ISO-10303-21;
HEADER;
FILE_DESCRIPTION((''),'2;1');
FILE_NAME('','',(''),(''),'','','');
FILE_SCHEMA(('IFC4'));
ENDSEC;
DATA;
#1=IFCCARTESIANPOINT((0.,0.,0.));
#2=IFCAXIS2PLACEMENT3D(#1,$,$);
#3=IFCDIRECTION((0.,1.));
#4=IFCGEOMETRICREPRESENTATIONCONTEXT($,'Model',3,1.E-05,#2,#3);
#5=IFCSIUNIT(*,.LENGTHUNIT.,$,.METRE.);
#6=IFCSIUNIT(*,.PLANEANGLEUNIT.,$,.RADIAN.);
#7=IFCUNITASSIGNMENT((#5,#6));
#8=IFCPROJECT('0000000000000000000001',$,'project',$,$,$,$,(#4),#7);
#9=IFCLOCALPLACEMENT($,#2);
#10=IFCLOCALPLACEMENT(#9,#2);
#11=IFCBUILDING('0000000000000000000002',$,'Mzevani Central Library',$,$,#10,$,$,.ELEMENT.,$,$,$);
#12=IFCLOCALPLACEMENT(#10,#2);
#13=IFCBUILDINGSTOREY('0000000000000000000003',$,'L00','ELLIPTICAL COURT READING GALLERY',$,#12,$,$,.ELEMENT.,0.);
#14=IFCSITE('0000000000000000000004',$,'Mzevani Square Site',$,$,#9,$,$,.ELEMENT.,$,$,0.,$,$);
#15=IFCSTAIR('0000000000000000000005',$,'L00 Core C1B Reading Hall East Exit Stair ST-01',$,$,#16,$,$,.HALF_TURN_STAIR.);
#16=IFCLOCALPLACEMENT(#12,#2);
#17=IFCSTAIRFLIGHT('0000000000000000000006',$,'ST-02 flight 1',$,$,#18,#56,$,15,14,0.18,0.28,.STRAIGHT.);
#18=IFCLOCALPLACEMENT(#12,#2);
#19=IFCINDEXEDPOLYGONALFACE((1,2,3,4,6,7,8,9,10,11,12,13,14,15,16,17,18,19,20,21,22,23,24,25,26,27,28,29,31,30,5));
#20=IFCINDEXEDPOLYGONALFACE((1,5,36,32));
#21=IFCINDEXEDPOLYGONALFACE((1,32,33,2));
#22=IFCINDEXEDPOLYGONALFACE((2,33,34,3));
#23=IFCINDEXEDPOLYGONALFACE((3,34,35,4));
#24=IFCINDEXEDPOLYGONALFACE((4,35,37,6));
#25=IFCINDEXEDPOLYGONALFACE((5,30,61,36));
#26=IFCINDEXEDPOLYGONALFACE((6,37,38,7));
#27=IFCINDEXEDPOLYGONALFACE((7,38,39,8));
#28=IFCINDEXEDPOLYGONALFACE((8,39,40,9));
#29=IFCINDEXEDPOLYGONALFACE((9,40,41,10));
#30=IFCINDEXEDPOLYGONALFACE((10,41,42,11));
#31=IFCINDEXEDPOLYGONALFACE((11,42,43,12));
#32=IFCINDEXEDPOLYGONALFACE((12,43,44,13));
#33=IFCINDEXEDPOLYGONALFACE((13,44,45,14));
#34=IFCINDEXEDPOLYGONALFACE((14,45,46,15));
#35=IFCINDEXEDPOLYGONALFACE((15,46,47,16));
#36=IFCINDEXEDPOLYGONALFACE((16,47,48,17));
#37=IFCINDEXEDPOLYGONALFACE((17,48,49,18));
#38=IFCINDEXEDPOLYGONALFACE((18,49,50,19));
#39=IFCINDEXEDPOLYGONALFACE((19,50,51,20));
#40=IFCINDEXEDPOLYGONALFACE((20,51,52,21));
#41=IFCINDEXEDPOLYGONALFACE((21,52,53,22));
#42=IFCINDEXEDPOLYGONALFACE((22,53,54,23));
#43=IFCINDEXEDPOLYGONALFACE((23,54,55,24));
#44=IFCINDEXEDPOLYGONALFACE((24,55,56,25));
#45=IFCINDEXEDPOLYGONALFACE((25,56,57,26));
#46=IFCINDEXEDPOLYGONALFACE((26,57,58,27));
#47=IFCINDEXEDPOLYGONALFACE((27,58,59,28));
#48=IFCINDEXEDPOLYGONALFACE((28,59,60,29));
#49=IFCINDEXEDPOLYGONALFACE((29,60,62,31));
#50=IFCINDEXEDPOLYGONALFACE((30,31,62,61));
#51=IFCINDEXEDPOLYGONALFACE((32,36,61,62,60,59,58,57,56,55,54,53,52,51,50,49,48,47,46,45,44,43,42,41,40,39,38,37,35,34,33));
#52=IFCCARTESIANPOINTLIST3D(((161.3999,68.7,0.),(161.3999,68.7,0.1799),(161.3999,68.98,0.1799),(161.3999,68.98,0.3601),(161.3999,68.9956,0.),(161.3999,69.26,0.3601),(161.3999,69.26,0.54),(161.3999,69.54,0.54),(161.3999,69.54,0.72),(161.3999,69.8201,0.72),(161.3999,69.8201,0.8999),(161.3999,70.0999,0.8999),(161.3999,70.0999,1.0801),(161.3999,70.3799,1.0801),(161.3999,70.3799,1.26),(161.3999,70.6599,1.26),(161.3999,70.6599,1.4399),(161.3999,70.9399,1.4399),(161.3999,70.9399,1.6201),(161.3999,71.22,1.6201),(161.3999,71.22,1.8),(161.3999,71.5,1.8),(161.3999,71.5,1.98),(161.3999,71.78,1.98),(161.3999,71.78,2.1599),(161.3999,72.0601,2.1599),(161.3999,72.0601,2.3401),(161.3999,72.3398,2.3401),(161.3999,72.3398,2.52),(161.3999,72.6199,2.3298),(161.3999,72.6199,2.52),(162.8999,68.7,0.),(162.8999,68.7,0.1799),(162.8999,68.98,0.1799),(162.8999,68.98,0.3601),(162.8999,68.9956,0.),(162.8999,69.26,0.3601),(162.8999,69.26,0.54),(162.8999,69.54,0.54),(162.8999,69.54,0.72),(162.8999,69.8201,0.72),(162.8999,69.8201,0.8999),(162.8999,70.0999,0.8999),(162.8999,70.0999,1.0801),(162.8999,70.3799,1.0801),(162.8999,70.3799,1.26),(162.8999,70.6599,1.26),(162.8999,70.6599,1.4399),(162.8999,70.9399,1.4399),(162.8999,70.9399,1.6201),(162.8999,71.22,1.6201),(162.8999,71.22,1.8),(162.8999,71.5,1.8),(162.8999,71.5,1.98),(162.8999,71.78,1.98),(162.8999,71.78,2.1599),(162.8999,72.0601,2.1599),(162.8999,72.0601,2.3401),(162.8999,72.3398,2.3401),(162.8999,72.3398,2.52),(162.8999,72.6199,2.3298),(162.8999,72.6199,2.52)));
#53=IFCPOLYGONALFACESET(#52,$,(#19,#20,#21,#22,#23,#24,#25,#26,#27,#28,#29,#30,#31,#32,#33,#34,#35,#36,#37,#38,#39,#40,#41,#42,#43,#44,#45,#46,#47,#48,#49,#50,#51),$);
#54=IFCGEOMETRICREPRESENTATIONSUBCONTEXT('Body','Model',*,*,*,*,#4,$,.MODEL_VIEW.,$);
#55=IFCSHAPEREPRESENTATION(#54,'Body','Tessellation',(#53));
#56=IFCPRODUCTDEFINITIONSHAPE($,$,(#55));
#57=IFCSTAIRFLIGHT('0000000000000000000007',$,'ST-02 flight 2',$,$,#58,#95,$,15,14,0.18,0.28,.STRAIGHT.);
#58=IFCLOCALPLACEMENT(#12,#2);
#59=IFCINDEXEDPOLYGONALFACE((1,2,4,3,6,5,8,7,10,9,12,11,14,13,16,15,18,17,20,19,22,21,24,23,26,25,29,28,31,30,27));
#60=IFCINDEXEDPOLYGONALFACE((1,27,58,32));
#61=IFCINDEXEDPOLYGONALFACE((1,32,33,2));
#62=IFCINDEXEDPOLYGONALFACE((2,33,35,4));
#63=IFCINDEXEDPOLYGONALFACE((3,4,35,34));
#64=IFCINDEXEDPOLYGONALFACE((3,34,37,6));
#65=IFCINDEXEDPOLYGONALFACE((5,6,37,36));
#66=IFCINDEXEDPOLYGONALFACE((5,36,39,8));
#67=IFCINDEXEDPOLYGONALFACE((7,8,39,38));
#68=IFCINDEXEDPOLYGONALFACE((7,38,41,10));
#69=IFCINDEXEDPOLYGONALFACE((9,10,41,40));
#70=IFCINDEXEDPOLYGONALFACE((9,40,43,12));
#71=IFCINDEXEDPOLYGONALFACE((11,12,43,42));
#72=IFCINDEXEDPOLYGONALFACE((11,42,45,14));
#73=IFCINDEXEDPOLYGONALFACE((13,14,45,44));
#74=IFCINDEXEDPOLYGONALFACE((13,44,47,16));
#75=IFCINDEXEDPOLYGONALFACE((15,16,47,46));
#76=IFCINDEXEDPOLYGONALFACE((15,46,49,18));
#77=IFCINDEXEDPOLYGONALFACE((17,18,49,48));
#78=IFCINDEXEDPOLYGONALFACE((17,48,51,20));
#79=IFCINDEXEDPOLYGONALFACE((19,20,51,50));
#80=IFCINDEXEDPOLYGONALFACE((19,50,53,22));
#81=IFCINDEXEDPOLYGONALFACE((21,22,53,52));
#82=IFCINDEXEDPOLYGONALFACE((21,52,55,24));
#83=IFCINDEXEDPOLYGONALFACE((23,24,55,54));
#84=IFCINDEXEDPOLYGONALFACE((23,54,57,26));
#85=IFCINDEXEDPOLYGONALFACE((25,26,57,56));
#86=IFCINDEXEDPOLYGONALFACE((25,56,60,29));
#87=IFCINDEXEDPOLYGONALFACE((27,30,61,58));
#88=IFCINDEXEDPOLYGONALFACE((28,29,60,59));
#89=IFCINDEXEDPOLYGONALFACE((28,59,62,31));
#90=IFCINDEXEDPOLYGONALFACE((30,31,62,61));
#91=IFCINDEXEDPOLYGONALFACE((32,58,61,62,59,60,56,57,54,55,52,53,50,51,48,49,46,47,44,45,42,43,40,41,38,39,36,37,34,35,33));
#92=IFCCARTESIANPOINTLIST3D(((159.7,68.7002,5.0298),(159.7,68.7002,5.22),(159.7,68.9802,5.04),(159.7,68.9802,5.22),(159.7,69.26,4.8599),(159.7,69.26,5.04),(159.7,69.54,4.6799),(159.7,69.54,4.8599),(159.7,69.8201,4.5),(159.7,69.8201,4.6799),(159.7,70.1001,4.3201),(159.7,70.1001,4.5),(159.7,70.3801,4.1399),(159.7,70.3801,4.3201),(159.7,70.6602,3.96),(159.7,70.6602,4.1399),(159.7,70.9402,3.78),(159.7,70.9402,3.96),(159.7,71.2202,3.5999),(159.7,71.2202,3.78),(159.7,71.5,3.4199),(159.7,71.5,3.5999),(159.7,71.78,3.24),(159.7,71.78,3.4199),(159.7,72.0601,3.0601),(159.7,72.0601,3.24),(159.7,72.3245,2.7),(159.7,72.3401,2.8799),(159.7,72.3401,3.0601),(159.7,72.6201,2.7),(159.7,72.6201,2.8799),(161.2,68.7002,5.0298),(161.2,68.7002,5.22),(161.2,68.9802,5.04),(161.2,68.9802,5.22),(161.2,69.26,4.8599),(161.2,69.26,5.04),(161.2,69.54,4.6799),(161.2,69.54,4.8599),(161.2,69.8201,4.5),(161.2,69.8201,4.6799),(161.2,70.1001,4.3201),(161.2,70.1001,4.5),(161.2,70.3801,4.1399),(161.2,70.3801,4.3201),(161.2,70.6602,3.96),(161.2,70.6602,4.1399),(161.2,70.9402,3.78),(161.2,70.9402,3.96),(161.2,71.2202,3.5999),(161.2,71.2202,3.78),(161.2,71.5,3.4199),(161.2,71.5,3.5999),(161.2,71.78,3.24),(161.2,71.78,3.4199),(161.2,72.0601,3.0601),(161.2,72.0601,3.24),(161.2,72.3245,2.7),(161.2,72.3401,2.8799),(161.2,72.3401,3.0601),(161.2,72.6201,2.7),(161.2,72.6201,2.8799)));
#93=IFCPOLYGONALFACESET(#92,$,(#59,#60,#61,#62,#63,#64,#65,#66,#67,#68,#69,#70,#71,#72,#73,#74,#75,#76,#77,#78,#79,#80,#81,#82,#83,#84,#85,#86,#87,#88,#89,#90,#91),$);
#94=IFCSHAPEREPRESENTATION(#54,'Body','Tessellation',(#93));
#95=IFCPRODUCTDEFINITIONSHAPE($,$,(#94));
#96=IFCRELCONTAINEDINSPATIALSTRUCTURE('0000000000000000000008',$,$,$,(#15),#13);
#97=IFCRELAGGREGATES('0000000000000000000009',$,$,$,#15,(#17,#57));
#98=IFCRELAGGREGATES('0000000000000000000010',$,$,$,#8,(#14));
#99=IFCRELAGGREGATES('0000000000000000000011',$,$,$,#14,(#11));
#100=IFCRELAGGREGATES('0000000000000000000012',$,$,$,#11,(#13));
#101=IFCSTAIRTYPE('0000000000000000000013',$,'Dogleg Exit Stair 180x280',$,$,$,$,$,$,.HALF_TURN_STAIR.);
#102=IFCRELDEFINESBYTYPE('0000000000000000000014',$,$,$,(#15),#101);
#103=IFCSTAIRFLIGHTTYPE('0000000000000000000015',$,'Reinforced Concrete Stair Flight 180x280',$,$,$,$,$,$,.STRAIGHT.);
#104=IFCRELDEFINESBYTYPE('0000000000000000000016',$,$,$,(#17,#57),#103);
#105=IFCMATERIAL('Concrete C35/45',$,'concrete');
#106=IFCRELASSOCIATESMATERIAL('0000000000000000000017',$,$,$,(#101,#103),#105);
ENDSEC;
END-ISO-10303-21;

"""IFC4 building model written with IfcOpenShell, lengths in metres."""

from ifc_helpers import new_model, si_unit, direction, frame, origin, place, context, subcontext, project, spatial, polyline, outline, extrude, material, type_object, element, aggregate, save


model = new_model("IFC4")

# Units and contexts
model_context = context("Model", 3, precision=1e-05, world=origin(), true_north=direction((0.0, 1.0)))
body_context = subcontext(model_context, "Body", "Model", "MODEL_VIEW")
ifc_project = project(units=[si_unit("LENGTHUNIT", "METRE"), si_unit("PLANEANGLEUNIT", "RADIAN")], contexts=[model_context])

# Site, building, storey
site_placement = place(None, origin())
site = spatial("IfcSite", under=ifc_project, at=site_placement, Name="Mzevani Square Site", CompositionType="ELEMENT", RefElevation=0.0)
building_placement = place(site_placement, origin())
building = spatial("IfcBuilding", under=site, at=building_placement, Name="Mzevani Central Library", CompositionType="ELEMENT")
storey_placement = place(building_placement, origin())
storey = spatial("IfcBuildingStorey", under=building, at=storey_placement, Name="L00", Description="ELLIPTICAL COURT READING GALLERY", CompositionType="ELEMENT", Elevation=0.0)

# Shared definitions
ifc_material_1 = material(Name="Concrete C35/45", Category="concrete")

# Stair, stair flights
stair_type = type_object("IfcStairType", Name="Dogleg Exit Stair 180x280", PredefinedType="HALF_TURN_STAIR", material=ifc_material_1)
stair_placement = place(storey_placement, origin())
stair = element("IfcStair", 1, at=stair_placement, inside=storey, type_object=stair_type, Name="L00 Core C1B Reading Hall East Exit Stair ST-01", PredefinedType="HALF_TURN_STAIR")
stair_flight_type = type_object("IfcStairFlightType", Name="Reinforced Concrete Stair Flight 180x280", PredefinedType="STRAIGHT", material=ifc_material_1)
stair_flight_1_placement = place(storey_placement, frame((162.1499, 68.7, 0.0), z_axis=(0.0, 0.0, 1.0), x_axis=(0.0, 1.0, 0.0)))
stair_flight_1 = element("IfcStairFlight", 2, at=stair_flight_1_placement, type_object=stair_flight_type, Name="ST-02 flight 1", NumberOfRisers=15, NumberOfTreads=14, PredefinedType="STRAIGHT", RiserHeight=0.18, TreadLength=0.28, context=body_context, shape_type="SweptSolid", body=[
    extrude(outline(polyline([(0.0, 0.0), (0.0, 0.1799), (0.28, 0.1799), (0.28, 0.3601), (0.5601, 0.3601), (0.5601, 0.54), (0.8401, 0.54), (0.8401, 0.72), (1.1201, 0.72), (1.1201, 0.8999), (1.3999, 0.8999), (1.3999, 1.0801), (1.6799, 1.0801), (1.6799, 1.26), (1.96, 1.26), (1.96, 1.4399), (2.24, 1.4399), (2.24, 1.6201), (2.52, 1.6201), (2.52, 1.8), (2.8, 1.8), (2.8, 1.98), (3.0801, 1.98), (3.0801, 2.1599), (3.3601, 2.1599), (3.3601, 2.3401), (3.6399, 2.3401), (3.6399, 2.52), (3.9199, 2.52), (3.9199, 2.7), (3.9199, 2.3298), (0.2957, 0.0), (0.0, 0.0)])), frame((0.0, 0.75, 0.0), z_axis=(0.0, -1.0, 0.0), x_axis=(1.0, 0.0, 0.0)), (0.0, 0.0, 1.0), 1.5),
])
stair_flight_2_placement = place(storey_placement, frame((160.45, 72.6201, 2.7), z_axis=(0.0, 0.0, 1.0), x_axis=(0.0, -1.0, 0.0)))
stair_flight_2 = element("IfcStairFlight", 3, at=stair_flight_2_placement, type_object=stair_flight_type, Name="ST-02 flight 2", NumberOfRisers=15, NumberOfTreads=14, PredefinedType="STRAIGHT", RiserHeight=0.18, TreadLength=0.28, context=body_context, shape_type="SweptSolid", body=[
    extrude(outline(polyline([(0.0, 0.0), (0.0, 0.1799), (0.28, 0.1799), (0.28, 0.3601), (0.5601, 0.3601), (0.5601, 0.54), (0.8401, 0.54), (0.8401, 0.72), (1.1201, 0.72), (1.1201, 0.8999), (1.3999, 0.8999), (1.3999, 1.0801), (1.6799, 1.0801), (1.6799, 1.26), (1.96, 1.26), (1.96, 1.4399), (2.24, 1.4399), (2.24, 1.6201), (2.52, 1.6201), (2.52, 1.8), (2.8, 1.8), (2.8, 1.98), (3.0801, 1.98), (3.0801, 2.1599), (3.3601, 2.1599), (3.3601, 2.3401), (3.6399, 2.3401), (3.6399, 2.52), (3.9199, 2.52), (3.9199, 2.7), (3.9199, 2.3298), (0.2957, 0.0), (0.0, 0.0)])), frame((0.0, 0.75, 0.0), z_axis=(0.0, -1.0, 0.0), x_axis=(1.0, 0.0, 0.0)), (0.0, 0.0, 1.0), 1.5),
])
aggregate(stair, [stair_flight_1, stair_flight_2])

save(model, "model.ifc")
